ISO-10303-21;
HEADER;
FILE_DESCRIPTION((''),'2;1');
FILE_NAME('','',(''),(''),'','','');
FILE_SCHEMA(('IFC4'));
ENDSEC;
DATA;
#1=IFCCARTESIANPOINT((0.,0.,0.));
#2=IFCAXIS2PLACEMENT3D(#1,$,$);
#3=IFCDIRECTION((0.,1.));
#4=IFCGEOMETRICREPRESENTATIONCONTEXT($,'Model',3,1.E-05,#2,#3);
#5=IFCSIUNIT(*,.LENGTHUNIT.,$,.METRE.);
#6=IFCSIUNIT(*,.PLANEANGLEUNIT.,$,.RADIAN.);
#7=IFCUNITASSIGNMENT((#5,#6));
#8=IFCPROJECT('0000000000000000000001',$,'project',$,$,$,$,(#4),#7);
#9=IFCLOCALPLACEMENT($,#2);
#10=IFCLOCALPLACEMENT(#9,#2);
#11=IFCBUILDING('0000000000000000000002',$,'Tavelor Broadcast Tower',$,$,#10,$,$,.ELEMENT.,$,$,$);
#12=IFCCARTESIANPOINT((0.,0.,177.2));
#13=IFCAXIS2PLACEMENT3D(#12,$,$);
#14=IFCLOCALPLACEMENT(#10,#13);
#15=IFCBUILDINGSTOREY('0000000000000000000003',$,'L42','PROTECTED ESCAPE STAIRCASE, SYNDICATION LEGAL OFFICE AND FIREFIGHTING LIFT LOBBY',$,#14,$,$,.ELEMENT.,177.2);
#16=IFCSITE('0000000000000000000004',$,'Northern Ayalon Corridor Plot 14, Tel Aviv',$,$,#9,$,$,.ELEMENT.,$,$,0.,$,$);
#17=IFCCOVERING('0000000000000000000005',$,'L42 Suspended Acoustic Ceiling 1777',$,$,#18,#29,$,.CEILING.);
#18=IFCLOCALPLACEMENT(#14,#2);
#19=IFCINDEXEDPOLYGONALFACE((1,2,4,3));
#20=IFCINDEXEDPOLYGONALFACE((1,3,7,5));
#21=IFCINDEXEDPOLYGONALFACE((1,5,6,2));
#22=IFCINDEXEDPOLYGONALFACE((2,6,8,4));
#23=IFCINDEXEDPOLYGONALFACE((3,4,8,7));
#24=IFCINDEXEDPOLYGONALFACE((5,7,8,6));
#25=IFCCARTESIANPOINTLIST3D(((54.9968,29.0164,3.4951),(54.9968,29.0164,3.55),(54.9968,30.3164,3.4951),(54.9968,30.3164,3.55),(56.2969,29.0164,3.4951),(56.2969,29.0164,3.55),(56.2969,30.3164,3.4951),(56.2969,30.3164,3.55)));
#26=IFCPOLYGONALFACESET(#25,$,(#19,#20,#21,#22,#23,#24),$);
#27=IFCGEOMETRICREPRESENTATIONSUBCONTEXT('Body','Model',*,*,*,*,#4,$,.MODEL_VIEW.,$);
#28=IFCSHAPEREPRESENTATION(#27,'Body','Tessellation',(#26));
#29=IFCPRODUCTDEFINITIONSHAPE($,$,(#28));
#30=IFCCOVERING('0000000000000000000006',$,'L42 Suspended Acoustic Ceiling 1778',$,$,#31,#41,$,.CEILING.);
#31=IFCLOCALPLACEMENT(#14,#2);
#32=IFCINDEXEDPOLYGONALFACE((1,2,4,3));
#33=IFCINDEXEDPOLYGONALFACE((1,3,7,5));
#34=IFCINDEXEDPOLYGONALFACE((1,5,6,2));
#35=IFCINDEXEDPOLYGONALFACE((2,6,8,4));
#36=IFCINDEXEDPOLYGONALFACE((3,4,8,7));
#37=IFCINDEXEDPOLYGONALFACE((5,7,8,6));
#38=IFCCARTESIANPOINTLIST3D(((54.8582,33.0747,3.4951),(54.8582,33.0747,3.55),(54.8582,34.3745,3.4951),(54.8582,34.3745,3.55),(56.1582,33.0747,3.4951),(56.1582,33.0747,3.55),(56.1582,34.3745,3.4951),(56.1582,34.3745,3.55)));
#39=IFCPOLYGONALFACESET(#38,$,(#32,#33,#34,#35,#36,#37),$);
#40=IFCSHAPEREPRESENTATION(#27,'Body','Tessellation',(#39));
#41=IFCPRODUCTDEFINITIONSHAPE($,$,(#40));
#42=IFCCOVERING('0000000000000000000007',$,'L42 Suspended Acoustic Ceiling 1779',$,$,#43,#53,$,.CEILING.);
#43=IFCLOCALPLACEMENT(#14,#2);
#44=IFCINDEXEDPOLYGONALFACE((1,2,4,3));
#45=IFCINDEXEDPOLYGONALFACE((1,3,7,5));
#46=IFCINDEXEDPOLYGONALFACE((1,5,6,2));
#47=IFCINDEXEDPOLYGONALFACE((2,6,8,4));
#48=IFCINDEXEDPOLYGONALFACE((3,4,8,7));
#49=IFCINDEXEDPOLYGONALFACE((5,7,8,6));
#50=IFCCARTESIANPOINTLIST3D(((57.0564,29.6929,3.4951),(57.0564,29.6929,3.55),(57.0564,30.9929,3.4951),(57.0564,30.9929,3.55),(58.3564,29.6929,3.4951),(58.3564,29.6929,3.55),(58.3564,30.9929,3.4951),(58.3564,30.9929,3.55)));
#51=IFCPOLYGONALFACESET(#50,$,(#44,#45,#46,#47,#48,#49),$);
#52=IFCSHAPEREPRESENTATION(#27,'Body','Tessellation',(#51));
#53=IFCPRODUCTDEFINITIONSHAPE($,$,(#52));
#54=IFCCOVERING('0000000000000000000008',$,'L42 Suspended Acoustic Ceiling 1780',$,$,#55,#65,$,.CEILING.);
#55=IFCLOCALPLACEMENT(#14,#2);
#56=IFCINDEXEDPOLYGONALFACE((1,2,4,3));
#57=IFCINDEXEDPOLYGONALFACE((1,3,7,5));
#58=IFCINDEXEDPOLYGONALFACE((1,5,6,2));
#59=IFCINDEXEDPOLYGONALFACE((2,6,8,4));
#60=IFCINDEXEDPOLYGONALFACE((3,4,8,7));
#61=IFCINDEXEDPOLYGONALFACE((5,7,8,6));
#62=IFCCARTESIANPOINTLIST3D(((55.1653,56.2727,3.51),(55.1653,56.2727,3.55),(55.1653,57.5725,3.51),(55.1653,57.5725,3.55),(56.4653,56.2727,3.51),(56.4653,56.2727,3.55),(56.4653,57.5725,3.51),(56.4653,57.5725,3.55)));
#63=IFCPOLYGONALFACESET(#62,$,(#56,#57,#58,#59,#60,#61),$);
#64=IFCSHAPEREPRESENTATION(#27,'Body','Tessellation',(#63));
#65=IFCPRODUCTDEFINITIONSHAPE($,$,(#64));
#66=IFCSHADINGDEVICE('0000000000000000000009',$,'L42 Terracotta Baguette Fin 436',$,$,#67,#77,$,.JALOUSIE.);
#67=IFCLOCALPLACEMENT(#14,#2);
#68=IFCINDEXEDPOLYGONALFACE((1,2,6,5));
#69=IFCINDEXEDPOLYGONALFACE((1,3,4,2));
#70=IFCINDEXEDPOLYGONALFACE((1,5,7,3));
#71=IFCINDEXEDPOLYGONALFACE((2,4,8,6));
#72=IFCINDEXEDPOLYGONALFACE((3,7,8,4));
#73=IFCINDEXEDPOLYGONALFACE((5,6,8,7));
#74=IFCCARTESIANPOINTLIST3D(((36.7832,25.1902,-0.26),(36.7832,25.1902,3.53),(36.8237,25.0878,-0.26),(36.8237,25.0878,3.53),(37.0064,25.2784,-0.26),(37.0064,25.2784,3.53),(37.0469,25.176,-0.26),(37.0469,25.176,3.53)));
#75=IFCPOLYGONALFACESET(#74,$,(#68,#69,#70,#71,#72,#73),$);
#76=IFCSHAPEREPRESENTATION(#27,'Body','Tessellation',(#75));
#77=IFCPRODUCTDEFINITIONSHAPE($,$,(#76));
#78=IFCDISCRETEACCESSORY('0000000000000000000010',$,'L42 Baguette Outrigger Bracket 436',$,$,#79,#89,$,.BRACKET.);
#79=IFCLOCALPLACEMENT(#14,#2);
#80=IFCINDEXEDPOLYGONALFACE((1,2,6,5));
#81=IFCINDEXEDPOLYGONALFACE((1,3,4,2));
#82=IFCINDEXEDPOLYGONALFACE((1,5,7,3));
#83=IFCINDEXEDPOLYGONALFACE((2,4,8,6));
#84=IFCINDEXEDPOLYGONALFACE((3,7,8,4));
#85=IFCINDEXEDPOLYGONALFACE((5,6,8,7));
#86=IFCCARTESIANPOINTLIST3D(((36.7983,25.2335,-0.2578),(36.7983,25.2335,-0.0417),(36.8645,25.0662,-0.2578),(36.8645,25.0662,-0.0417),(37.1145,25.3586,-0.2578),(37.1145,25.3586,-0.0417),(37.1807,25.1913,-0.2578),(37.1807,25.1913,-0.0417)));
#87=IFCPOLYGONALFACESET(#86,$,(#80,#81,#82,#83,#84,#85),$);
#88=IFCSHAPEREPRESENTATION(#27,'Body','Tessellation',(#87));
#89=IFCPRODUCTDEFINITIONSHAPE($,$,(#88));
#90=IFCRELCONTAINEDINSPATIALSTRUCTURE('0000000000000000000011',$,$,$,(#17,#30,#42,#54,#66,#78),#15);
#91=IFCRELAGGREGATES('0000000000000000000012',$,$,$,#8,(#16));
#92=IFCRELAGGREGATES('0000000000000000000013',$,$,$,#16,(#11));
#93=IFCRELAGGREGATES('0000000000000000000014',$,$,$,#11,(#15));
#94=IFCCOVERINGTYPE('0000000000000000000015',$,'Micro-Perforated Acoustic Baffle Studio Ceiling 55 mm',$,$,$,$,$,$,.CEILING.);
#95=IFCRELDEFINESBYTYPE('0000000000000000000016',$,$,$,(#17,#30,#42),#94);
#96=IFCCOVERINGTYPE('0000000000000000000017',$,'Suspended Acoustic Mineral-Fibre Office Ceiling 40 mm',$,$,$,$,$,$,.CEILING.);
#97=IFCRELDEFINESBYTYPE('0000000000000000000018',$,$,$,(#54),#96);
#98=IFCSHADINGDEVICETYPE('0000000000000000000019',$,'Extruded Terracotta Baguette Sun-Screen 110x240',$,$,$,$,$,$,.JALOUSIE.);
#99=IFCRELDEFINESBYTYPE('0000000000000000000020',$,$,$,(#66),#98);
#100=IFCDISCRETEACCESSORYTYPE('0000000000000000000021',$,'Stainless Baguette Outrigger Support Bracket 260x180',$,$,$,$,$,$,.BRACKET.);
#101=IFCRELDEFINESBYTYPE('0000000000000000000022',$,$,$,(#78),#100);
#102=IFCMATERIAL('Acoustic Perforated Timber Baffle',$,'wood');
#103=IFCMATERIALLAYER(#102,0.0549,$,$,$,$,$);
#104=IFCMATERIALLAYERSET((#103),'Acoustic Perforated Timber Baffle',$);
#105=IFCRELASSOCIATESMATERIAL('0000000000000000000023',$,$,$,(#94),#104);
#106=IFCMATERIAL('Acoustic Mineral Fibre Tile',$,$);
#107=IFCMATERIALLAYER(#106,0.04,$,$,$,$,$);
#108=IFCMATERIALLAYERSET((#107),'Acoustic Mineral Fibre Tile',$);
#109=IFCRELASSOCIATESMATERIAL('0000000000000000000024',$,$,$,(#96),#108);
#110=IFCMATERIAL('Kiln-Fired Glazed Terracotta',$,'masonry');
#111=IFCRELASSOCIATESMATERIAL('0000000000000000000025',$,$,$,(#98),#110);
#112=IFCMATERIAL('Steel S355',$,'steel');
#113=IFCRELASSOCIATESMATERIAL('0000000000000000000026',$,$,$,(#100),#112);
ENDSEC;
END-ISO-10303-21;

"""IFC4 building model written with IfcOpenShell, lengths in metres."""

from ifc_helpers import new_model, si_unit, direction, frame, origin, origin_2d, place, context, subcontext, project, spatial, polyline, rectangle, outline, extrude, source, transform, mapped, material, layer, layer_set, type_object, type_shapes, element, save


model = new_model("IFC4")

# Units and contexts
model_context = context("Model", 3, precision=1e-05, world=origin(), true_north=direction((0.0, 1.0)))
body_context = subcontext(model_context, "Body", "Model", "MODEL_VIEW")
ifc_project = project(units=[si_unit("LENGTHUNIT", "METRE"), si_unit("PLANEANGLEUNIT", "RADIAN")], contexts=[model_context])

# Site, building, storey
site_placement = place(None, origin())
site = spatial("IfcSite", under=ifc_project, at=site_placement, Name="Northern Ayalon Corridor Plot 14, Tel Aviv", CompositionType="ELEMENT", RefElevation=0.0)
building_placement = place(site_placement, origin())
building = spatial("IfcBuilding", under=site, at=building_placement, Name="Tavelor Broadcast Tower", CompositionType="ELEMENT")
storey_placement = place(building_placement, frame((0.0, 0.0, 177.2)))
storey = spatial("IfcBuildingStorey", under=building, at=storey_placement, Name="L42", Description="PROTECTED ESCAPE STAIRCASE, SYNDICATION LEGAL OFFICE AND FIREFIGHTING LIFT LOBBY", CompositionType="ELEMENT", Elevation=177.2)

# Shared definitions
ifc_material_1 = material(Name="Steel S355", Category="steel")

# Coverings
ifc_material_2 = material(Name="Acoustic Perforated Timber Baffle", Category="wood")
ifc_layer_1 = layer(ifc_material_2, 0.0549)
ifc_layer_set_1 = layer_set([ifc_layer_1], Name="Acoustic Perforated Timber Baffle")
covering_type_1 = type_object("IfcCoveringType", Name="Micro-Perforated Acoustic Baffle Studio Ceiling 55 mm", PredefinedType="CEILING", material=ifc_layer_set_1)
covering_1_placement = place(storey_placement, frame((0.0, 0.0, 3.4951)))
element("IfcCovering", 1, at=covering_1_placement, inside=storey, type_object=covering_type_1, Name="L42 Suspended Acoustic Ceiling 1777", PredefinedType="CEILING", context=body_context, shape_type="SweptSolid", body=[
    extrude(outline(polyline([(54.9968, 29.0164), (56.2969, 29.0164), (56.2969, 30.3164), (54.9968, 30.3164), (54.9968, 29.0164)])), origin(), (0.0, 0.0, 1.0), 0.0549),
])
covering_2_placement = place(storey_placement, frame((0.0, 0.0, 3.4951)))
element("IfcCovering", 2, at=covering_2_placement, inside=storey, type_object=covering_type_1, Name="L42 Suspended Acoustic Ceiling 1778", PredefinedType="CEILING", context=body_context, shape_type="SweptSolid", body=[
    extrude(outline(polyline([(54.8582, 33.0747), (56.1582, 33.0747), (56.1582, 34.3745), (54.8582, 34.3745), (54.8582, 33.0747)])), origin(), (0.0, 0.0, 1.0), 0.0549),
])
covering_3_placement = place(storey_placement, frame((0.0, 0.0, 3.4951)))
element("IfcCovering", 3, at=covering_3_placement, inside=storey, type_object=covering_type_1, Name="L42 Suspended Acoustic Ceiling 1779", PredefinedType="CEILING", context=body_context, shape_type="SweptSolid", body=[
    extrude(outline(polyline([(57.0564, 29.6929), (58.3564, 29.6929), (58.3564, 30.9929), (57.0564, 30.9929), (57.0564, 29.6929)])), origin(), (0.0, 0.0, 1.0), 0.0549),
])
ifc_material_3 = material(Name="Acoustic Mineral Fibre Tile")
ifc_layer_2 = layer(ifc_material_3, 0.04)
ifc_layer_set_2 = layer_set([ifc_layer_2], Name="Acoustic Mineral Fibre Tile")
covering_type_2 = type_object("IfcCoveringType", Name="Suspended Acoustic Mineral-Fibre Office Ceiling 40 mm", PredefinedType="CEILING", material=ifc_layer_set_2)
covering_4_placement = place(storey_placement, frame((0.0, 0.0, 3.51)))
element("IfcCovering", 4, at=covering_4_placement, inside=storey, type_object=covering_type_2, Name="L42 Suspended Acoustic Ceiling 1780", PredefinedType="CEILING", context=body_context, shape_type="SweptSolid", body=[
    extrude(outline(polyline([(55.1653, 56.2727), (56.4653, 56.2727), (56.4653, 57.5725), (55.1653, 57.5725), (55.1653, 56.2727)])), origin(), (0.0, 0.0, 1.0), 0.04),
])

# Shading device
ifc_material_4 = material(Name="Kiln-Fired Glazed Terracotta", Category="masonry")
shading_device_type = type_object("IfcShadingDeviceType", Name="Extruded Terracotta Baguette Sun-Screen 110x240", PredefinedType="JALOUSIE", material=ifc_material_4)
shared_shape_1 = source(origin(), body_context, "Body", "SweptSolid", [
    extrude(rectangle(XDim=0.1101, YDim=0.24, at=origin_2d()), origin(), (0.0, 0.0, 1.0), 3.79),
])
type_shapes(shading_device_type, [shared_shape_1])
shading_device_placement = place(storey_placement, frame((36.915, 25.1831, -0.26), z_axis=(0.0, 0.0, 1.0), x_axis=(0.3678, -0.929905, 0.0)))
element("IfcShadingDevice", 5, at=shading_device_placement, inside=storey, type_object=shading_device_type, Name="L42 Terracotta Baguette Fin 436", PredefinedType="JALOUSIE", context=body_context, shape_type="MappedRepresentation", body=[
    mapped(shared_shape_1, transform((0.0, 0.0, 0.0), scale=1.0)),
])

# Discrete accessory
discrete_accessory_type = type_object("IfcDiscreteAccessoryType", Name="Stainless Baguette Outrigger Support Bracket 260x180", PredefinedType="BRACKET", material=ifc_material_1)
shared_shape_2 = source(origin(), body_context, "Body", "SweptSolid", [
    extrude(rectangle(XDim=0.1799, YDim=0.3401, at=origin_2d()), origin(), (0.0, 0.0, 1.0), 0.2161),
])
type_shapes(discrete_accessory_type, [shared_shape_2])
discrete_accessory_placement = place(storey_placement, frame((36.9895, 25.2124, -0.2578), z_axis=(0.0, 0.0, 1.0), x_axis=(0.3678, -0.929905, 0.0)))
element("IfcDiscreteAccessory", 6, at=discrete_accessory_placement, inside=storey, type_object=discrete_accessory_type, Name="L42 Baguette Outrigger Bracket 436", PredefinedType="BRACKET", context=body_context, shape_type="MappedRepresentation", body=[
    mapped(shared_shape_2, transform((0.0, 0.0, 0.0), scale=1.0)),
])

save(model, "model.ifc")
